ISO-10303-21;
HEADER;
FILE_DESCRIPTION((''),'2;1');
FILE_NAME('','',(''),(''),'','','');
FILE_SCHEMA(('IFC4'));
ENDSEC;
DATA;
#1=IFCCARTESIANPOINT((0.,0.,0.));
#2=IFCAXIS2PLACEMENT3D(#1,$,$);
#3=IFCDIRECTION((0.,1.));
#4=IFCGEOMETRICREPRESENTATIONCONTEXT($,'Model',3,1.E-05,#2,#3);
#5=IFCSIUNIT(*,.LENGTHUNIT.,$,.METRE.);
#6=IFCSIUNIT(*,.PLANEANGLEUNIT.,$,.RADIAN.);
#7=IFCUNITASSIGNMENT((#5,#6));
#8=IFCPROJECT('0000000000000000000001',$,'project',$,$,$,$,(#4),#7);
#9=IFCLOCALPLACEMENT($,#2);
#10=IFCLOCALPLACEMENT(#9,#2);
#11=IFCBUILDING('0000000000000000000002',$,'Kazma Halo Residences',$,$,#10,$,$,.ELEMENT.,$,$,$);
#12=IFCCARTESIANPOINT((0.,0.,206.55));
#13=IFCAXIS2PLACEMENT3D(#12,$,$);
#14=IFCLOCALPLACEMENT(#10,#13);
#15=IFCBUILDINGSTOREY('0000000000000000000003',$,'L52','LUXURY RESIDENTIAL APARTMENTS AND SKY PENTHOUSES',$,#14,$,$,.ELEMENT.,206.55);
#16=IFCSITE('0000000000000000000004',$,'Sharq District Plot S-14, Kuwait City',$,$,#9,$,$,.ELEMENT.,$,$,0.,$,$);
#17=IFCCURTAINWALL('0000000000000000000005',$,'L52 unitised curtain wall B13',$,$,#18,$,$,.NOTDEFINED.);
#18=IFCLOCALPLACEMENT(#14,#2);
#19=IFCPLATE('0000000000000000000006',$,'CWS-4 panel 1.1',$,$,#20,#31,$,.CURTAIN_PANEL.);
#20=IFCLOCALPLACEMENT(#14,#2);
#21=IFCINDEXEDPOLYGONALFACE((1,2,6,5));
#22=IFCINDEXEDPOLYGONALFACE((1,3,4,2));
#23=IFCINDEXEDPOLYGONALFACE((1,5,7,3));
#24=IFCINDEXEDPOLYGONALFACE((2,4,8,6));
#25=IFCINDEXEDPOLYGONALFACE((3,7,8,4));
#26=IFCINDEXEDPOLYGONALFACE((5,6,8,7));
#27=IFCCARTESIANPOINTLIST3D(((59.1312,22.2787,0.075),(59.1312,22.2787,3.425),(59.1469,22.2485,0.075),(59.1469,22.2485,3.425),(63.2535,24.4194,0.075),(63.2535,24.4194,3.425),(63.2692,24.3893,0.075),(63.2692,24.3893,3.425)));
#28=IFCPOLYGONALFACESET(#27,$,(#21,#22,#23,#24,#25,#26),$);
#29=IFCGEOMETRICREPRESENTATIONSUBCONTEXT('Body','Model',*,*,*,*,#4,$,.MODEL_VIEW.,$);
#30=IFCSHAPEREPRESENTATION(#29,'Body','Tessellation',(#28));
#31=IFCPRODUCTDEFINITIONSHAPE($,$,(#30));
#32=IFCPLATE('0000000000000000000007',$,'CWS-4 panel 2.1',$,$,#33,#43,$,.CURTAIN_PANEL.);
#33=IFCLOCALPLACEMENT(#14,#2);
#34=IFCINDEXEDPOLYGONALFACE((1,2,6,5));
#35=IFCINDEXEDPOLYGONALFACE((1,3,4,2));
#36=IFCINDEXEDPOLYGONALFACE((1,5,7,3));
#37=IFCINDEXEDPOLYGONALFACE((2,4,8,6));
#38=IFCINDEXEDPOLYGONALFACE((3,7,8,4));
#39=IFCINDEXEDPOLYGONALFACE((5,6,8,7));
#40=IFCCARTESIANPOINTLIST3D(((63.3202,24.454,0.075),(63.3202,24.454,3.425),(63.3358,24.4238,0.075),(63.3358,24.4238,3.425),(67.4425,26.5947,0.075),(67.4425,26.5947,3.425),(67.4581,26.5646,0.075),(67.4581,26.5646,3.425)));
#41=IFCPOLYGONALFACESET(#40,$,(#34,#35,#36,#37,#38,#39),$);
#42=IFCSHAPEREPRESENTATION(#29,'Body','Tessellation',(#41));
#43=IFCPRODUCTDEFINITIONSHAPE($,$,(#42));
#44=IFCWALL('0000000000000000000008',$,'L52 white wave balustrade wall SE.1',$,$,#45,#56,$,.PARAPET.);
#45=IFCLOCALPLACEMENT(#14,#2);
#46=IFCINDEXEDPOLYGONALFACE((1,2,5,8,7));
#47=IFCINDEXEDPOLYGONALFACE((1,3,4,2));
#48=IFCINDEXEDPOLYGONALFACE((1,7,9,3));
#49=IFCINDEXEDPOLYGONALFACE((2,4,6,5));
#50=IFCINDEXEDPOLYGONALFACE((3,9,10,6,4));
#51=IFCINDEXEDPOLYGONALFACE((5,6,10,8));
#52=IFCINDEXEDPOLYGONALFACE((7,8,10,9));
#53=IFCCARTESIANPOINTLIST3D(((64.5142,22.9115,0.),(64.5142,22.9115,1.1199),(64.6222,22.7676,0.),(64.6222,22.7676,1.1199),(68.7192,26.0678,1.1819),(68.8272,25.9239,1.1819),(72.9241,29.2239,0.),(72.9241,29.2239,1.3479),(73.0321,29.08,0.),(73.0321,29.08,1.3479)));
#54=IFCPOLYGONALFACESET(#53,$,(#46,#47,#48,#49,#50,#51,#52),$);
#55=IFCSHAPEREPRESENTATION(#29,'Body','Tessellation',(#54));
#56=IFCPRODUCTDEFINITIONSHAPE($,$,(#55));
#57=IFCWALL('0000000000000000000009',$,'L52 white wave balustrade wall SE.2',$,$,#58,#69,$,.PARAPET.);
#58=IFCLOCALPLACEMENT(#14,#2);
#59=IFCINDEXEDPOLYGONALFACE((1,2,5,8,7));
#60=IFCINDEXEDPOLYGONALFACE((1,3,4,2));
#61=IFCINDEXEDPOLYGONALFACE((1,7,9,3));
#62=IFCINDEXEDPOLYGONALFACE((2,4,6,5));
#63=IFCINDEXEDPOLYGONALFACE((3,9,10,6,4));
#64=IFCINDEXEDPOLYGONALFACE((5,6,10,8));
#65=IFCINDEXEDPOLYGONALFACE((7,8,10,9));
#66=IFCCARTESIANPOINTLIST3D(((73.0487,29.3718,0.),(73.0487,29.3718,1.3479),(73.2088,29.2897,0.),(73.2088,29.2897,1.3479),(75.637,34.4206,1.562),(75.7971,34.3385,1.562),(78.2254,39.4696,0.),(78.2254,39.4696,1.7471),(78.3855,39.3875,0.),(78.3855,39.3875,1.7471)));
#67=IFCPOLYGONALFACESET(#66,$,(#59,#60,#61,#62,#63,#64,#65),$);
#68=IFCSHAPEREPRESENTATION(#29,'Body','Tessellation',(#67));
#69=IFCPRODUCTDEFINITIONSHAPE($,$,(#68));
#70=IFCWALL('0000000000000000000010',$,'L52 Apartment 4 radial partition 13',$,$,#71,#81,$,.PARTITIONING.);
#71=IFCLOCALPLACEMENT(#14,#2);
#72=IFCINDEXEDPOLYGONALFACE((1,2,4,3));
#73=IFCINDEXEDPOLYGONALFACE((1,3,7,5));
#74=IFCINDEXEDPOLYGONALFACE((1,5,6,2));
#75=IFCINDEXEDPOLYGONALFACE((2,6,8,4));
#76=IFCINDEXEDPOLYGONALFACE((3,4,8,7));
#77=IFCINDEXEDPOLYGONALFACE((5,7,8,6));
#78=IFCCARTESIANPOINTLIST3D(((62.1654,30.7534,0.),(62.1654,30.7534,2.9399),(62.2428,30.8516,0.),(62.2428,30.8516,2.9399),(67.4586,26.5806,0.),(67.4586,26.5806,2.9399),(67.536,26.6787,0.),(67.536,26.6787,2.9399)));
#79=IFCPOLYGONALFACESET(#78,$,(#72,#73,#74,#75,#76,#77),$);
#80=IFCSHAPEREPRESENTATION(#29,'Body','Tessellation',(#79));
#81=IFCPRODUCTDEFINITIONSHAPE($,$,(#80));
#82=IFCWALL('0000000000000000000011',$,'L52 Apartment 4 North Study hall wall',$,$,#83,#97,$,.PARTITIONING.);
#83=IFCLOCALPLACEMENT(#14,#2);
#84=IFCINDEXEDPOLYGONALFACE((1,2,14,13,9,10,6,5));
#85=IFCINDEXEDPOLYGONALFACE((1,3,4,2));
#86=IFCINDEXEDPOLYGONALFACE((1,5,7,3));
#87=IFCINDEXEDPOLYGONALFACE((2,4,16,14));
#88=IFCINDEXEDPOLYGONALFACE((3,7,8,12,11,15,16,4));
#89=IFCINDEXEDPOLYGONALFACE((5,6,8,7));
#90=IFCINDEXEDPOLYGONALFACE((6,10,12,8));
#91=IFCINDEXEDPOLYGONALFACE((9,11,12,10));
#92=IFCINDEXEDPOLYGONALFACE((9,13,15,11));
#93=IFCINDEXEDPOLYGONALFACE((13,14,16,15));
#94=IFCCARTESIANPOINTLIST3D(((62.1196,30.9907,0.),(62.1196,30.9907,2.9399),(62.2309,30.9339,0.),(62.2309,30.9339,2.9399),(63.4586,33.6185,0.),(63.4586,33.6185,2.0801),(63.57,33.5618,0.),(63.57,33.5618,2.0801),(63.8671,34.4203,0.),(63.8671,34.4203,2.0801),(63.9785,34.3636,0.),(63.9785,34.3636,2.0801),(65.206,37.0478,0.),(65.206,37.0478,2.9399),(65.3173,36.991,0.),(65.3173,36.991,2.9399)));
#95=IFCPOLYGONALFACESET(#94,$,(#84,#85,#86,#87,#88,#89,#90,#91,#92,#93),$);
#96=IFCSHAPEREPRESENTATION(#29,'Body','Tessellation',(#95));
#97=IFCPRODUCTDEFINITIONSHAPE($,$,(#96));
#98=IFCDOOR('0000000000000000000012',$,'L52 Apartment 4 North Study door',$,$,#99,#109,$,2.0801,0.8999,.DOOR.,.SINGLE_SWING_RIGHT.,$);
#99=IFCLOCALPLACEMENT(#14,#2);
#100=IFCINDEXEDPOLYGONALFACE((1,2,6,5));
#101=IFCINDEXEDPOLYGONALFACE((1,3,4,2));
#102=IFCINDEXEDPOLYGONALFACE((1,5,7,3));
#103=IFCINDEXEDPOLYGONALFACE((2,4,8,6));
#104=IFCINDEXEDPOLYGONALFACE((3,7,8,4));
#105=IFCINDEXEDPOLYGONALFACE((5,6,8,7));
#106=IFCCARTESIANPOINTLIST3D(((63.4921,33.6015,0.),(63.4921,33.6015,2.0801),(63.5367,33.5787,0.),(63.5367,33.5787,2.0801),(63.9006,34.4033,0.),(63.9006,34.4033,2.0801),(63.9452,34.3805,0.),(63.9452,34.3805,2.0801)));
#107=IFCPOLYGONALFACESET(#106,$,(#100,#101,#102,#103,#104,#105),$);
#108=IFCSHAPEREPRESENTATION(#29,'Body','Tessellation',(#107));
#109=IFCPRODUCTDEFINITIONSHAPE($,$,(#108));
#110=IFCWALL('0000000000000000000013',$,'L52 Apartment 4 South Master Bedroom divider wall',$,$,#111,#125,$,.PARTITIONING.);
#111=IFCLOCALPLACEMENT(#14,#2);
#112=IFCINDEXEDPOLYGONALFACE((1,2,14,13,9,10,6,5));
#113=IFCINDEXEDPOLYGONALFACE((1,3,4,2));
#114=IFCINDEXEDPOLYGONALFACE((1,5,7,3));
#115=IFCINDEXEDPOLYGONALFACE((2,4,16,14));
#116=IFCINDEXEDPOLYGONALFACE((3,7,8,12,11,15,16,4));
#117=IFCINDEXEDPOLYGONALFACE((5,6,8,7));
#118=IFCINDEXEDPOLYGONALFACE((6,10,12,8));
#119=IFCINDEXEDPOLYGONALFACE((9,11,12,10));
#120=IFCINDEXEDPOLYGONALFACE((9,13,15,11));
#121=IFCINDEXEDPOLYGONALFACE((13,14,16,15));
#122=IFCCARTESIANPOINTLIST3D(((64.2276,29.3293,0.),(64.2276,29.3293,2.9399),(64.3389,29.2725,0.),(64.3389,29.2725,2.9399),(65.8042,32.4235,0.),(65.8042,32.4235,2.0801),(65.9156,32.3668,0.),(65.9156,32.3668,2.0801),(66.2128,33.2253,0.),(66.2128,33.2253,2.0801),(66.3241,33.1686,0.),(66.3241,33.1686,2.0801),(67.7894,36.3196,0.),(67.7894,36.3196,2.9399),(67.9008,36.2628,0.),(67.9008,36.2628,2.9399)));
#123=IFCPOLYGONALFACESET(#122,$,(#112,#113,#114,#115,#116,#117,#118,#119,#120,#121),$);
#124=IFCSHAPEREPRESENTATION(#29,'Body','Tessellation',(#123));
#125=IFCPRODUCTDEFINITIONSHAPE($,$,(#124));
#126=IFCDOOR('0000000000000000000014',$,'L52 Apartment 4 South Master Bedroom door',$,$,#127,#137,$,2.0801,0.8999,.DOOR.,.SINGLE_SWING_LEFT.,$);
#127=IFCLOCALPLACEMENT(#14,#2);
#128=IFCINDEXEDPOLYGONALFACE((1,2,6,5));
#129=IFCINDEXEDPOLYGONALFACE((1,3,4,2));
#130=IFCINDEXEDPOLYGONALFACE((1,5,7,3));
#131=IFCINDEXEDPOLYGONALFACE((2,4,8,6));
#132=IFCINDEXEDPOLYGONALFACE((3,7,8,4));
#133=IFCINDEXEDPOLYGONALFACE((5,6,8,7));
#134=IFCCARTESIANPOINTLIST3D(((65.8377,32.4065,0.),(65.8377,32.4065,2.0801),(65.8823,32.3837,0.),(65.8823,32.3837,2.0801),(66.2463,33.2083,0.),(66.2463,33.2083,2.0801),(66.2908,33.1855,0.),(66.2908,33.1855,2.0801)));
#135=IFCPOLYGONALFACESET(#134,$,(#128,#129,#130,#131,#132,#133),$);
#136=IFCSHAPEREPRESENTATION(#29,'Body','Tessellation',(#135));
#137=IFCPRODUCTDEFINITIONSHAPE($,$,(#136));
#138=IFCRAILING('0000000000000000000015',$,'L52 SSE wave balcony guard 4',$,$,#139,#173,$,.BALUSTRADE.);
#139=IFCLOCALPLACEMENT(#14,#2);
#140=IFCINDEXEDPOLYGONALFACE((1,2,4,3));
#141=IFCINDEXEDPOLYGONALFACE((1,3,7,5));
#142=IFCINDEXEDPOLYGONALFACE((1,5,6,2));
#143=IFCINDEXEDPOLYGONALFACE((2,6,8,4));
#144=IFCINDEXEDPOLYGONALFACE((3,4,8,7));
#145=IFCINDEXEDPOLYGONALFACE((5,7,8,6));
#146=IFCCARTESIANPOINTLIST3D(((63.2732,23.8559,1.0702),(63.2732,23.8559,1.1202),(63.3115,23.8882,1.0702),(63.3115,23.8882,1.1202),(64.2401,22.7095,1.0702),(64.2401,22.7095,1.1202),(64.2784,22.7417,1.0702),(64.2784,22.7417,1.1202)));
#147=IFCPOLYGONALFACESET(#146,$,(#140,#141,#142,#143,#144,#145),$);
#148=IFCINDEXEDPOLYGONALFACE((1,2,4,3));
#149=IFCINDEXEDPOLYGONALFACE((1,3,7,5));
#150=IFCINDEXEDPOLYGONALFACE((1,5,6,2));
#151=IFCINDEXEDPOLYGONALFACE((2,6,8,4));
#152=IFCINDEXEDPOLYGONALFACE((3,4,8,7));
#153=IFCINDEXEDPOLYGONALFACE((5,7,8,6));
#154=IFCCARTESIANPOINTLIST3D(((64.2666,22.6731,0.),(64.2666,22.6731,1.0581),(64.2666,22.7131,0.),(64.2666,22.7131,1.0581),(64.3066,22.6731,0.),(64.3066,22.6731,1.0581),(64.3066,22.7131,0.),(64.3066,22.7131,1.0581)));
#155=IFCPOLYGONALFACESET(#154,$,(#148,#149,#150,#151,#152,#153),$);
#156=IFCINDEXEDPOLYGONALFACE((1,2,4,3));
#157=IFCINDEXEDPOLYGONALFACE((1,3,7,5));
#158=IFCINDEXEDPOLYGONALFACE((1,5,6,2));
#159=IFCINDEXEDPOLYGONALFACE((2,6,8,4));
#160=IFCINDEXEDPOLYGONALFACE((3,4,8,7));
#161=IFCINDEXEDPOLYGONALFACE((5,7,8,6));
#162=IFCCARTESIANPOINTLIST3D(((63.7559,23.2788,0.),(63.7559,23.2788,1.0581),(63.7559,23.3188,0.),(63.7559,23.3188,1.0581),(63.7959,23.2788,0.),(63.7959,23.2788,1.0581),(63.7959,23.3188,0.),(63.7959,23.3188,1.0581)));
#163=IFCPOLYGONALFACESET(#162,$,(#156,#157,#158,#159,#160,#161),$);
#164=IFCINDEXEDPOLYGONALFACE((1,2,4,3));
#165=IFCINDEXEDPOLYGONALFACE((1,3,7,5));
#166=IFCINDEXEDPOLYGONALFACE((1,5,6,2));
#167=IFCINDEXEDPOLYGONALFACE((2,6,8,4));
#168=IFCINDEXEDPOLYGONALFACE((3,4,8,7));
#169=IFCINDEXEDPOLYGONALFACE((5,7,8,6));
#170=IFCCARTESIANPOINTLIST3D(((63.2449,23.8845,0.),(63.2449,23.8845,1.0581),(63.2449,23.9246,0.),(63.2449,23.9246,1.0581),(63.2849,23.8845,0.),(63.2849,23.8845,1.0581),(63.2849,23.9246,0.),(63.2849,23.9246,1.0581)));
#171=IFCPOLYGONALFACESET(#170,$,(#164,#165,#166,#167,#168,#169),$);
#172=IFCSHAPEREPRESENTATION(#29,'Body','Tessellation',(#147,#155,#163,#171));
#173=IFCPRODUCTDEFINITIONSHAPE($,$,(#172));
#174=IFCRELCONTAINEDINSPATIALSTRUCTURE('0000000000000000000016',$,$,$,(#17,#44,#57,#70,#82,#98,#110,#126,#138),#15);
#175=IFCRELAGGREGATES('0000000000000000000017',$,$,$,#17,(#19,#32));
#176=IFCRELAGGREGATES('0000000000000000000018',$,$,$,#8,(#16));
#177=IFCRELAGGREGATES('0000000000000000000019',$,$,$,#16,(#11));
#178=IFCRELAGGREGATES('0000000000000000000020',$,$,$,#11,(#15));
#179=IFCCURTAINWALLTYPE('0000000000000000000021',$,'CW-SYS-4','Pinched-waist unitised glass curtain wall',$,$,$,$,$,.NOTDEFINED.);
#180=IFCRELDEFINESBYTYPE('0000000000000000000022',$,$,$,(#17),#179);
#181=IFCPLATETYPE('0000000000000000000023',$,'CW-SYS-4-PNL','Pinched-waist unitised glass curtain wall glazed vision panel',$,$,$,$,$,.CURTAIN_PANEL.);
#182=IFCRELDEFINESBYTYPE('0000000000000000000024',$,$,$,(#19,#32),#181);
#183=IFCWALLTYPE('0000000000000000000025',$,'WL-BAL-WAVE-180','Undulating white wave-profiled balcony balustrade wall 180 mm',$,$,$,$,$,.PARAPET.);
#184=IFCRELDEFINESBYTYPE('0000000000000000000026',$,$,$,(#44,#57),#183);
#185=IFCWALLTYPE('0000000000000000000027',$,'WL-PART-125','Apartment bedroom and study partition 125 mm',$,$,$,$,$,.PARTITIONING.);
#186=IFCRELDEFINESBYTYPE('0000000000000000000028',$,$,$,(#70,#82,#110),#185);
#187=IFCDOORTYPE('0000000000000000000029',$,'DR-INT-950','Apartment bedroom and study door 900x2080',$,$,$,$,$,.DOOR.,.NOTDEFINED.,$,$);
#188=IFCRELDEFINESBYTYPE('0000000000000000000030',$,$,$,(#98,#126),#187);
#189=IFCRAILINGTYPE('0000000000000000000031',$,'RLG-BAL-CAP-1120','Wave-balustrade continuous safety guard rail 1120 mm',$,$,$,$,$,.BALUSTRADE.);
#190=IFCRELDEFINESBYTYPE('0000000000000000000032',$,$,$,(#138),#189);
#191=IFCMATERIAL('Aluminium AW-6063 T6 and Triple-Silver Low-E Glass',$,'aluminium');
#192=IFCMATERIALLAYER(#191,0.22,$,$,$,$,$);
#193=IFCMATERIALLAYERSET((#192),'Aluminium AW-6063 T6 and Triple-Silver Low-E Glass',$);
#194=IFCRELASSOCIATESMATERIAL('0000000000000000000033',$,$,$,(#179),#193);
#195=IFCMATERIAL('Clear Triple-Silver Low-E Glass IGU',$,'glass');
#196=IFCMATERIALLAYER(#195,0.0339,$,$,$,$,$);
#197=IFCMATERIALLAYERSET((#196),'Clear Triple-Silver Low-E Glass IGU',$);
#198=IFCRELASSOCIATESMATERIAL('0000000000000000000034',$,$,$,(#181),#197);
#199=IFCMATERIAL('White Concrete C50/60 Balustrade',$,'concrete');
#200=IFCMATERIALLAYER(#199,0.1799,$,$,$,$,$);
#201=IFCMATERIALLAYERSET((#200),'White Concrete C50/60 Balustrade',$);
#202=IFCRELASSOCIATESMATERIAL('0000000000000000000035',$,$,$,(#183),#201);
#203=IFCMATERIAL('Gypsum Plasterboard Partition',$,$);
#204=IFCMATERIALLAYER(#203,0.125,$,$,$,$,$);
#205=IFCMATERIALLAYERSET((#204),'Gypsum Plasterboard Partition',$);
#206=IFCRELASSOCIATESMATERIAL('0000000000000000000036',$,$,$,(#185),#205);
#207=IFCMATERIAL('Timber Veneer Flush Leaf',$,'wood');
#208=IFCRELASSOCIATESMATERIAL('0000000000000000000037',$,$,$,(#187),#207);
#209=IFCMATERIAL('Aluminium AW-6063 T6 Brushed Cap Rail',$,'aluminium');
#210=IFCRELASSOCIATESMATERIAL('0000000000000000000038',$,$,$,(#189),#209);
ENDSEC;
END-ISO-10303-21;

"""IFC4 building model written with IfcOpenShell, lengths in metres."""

from ifc_helpers import new_model, si_unit, direction, frame, frame_2d, origin, origin_2d, place, context, subcontext, project, spatial, polyline, rectangle, outline, extrude, material, layer, layer_set, type_object, element, fill, aggregate, save


model = new_model("IFC4")

# Units and contexts
model_context = context("Model", 3, precision=1e-05, world=origin(), true_north=direction((0.0, 1.0)))
body_context = subcontext(model_context, "Body", "Model", "MODEL_VIEW")
ifc_project = project(units=[si_unit("LENGTHUNIT", "METRE"), si_unit("PLANEANGLEUNIT", "RADIAN")], contexts=[model_context])

# Site, building, storey
site_placement = place(None, origin())
site = spatial("IfcSite", under=ifc_project, at=site_placement, Name="Sharq District Plot S-14, Kuwait City", CompositionType="ELEMENT", RefElevation=0.0)
building_placement = place(site_placement, origin())
building = spatial("IfcBuilding", under=site, at=building_placement, Name="Kazma Halo Residences", CompositionType="ELEMENT")
storey_placement = place(building_placement, frame((0.0, 0.0, 206.55)))
storey = spatial("IfcBuildingStorey", under=building, at=storey_placement, Name="L52", Description="LUXURY RESIDENTIAL APARTMENTS AND SKY PENTHOUSES", CompositionType="ELEMENT", Elevation=206.55)

# Curtain wall, plates
ifc_material_1 = material(Name="Aluminium AW-6063 T6 and Triple-Silver Low-E Glass", Category="aluminium")
ifc_layer_1 = layer(ifc_material_1, 0.22)
ifc_layer_set_1 = layer_set([ifc_layer_1], Name="Aluminium AW-6063 T6 and Triple-Silver Low-E Glass")
curtain_wall_type = type_object("IfcCurtainWallType", Name="CW-SYS-4", Description="Pinched-waist unitised glass curtain wall", PredefinedType="NOTDEFINED", material=ifc_layer_set_1)
curtain_wall_placement = place(storey_placement, origin())
curtain_wall = element("IfcCurtainWall", 1, at=curtain_wall_placement, inside=storey, type_object=curtain_wall_type, Name="L52 unitised curtain wall B13", PredefinedType="NOTDEFINED")
ifc_material_2 = material(Name="Clear Triple-Silver Low-E Glass IGU", Category="glass")
ifc_layer_2 = layer(ifc_material_2, 0.0339)
ifc_layer_set_2 = layer_set([ifc_layer_2], Name="Clear Triple-Silver Low-E Glass IGU")
plate_type = type_object("IfcPlateType", Name="CW-SYS-4-PNL", Description="Pinched-waist unitised glass curtain wall glazed vision panel", PredefinedType="CURTAIN_PANEL", material=ifc_layer_set_2)
plate_1_placement = place(storey_placement, frame((61.2002, 23.334, 0.075), z_axis=(0.0, 0.0, 1.0), x_axis=(0.887466, 0.460874, 0.0)))
plate_1 = element("IfcPlate", 2, at=plate_1_placement, type_object=plate_type, Name="CWS-4 panel 1.1", PredefinedType="CURTAIN_PANEL", context=body_context, shape_type="SweptSolid", body=[
    extrude(rectangle(XDim=4.645, YDim=0.0339, at=origin_2d()), origin(), (0.0, 0.0, 1.0), 3.3501),
])
plate_2_placement = place(storey_placement, frame((65.3892, 25.5093, 0.075), z_axis=(0.0, 0.0, 1.0), x_axis=(0.887466, 0.460874, 0.0)))
plate_2 = element("IfcPlate", 3, at=plate_2_placement, type_object=plate_type, Name="CWS-4 panel 2.1", PredefinedType="CURTAIN_PANEL", context=body_context, shape_type="SweptSolid", body=[
    extrude(rectangle(XDim=4.645, YDim=0.0339, at=origin_2d()), origin(), (0.0, 0.0, 1.0), 3.3501),
])
aggregate(curtain_wall, [plate_1, plate_2])

# Walls
ifc_material_3 = material(Name="White Concrete C50/60 Balustrade", Category="concrete")
ifc_layer_3 = layer(ifc_material_3, 0.1799)
ifc_layer_set_3 = layer_set([ifc_layer_3], Name="White Concrete C50/60 Balustrade")
wall_type_1 = type_object("IfcWallType", Name="WL-BAL-WAVE-180", Description="Undulating white wave-profiled balcony balustrade wall 180 mm", PredefinedType="PARAPET", material=ifc_layer_set_3)
wall_1_placement = place(storey_placement, frame((64.5681, 22.8396, 0.0), z_axis=(0.0, 0.0, 1.0), x_axis=(0.799769, 0.600308, 0.0)))
element("IfcWall", 4, at=wall_1_placement, inside=storey, type_object=wall_type_1, Name="L52 white wave balustrade wall SE.1", PredefinedType="PARAPET", context=body_context, shape_type="SweptSolid", body=[
    extrude(outline(polyline([(0.0, 0.0), (10.5154, 0.0), (10.5154, 1.3479), (5.2578, 1.1819), (0.0, 1.1199), (0.0, 0.0)])), frame((0.0, 0.0898, 0.0), z_axis=(0.0, -1.0, 0.0), x_axis=(1.0, 0.0, 0.0)), (0.0, 0.0, 1.0), 0.1799),
])
wall_2_placement = place(storey_placement, frame((73.1287, 29.3308, 0.0), z_axis=(0.0, 0.0, 1.0), x_axis=(0.456201, 0.889877, 0.0)))
element("IfcWall", 5, at=wall_2_placement, inside=storey, type_object=wall_type_1, Name="L52 white wave balustrade wall SE.2", PredefinedType="PARAPET", context=body_context, shape_type="SweptSolid", body=[
    extrude(outline(polyline([(0.0, 0.0), (11.3474, 0.0), (11.3474, 1.7471), (5.6736, 1.562), (0.0, 1.3479), (0.0, 0.0)])), frame((0.0, 0.0898, 0.0), z_axis=(0.0, -1.0, 0.0), x_axis=(1.0, 0.0, 0.0)), (0.0, 0.0, 1.0), 0.1799),
])

# Wall
ifc_material_4 = material(Name="Gypsum Plasterboard Partition")
ifc_layer_4 = layer(ifc_material_4, 0.125)
ifc_layer_set_4 = layer_set([ifc_layer_4], Name="Gypsum Plasterboard Partition")
wall_type_2 = type_object("IfcWallType", Name="WL-PART-125", Description="Apartment bedroom and study partition 125 mm", PredefinedType="PARTITIONING", material=ifc_layer_set_4)
wall_3_placement = place(storey_placement, frame((62.2041, 30.8025, 0.0), z_axis=(0.0, 0.0, 1.0), x_axis=(0.785316, -0.619096, 0.0)))
element("IfcWall", 6, at=wall_3_placement, inside=storey, type_object=wall_type_2, Name="L52 Apartment 4 radial partition 13", PredefinedType="PARTITIONING", context=body_context, shape_type="SweptSolid", body=[
    extrude(rectangle(XDim=6.7402, YDim=0.125, at=frame_2d((3.3701, 0.0))), origin(), (0.0, 0.0, 1.0), 2.9399),
])

# Walls, openings, doors
wall_4_placement = place(storey_placement, frame((62.1753, 30.9624, 0.0), z_axis=(0.0, 0.0, 1.0), x_axis=(0.45401, 0.890997, 0.0)))
wall_4 = element("IfcWall", 7, at=wall_4_placement, inside=storey, type_object=wall_type_2, Name="L52 Apartment 4 North Study hall wall", PredefinedType="PARTITIONING", context=body_context, shape_type="SweptSolid", body=[
    extrude(rectangle(XDim=6.7981, YDim=0.125, at=frame_2d((3.3989, 0.0))), origin(), (0.0, 0.0, 1.0), 2.9399),
])
opening_1_placement = place(wall_4_placement, frame((2.9492, 0.0, 0.0)))
opening_1 = element("IfcOpeningElement", 8, at=opening_1_placement, cuts=wall_4, PredefinedType="OPENING", context=body_context, shape_type="SweptSolid", body=[
    extrude(rectangle(XDim=0.8999, YDim=2.0801, at=frame_2d((0.45, 1.04))), frame((0.0, 0.0725, 0.0), z_axis=(0.0, -1.0, 0.0), x_axis=(1.0, 0.0, 0.0)), (0.0, 0.0, 1.0), 0.145),
])
ifc_material_5 = material(Name="Timber Veneer Flush Leaf", Category="wood")
door_type_1 = type_object("IfcDoorType", Name="DR-INT-950", Description="Apartment bedroom and study door 900x2080", OperationType="NOTDEFINED", PredefinedType="DOOR", material=ifc_material_5)
door_1_placement = place(opening_1_placement, origin())
door_1 = element("IfcDoor", 9, at=door_1_placement, inside=storey, type_object=door_type_1, Name="L52 Apartment 4 North Study door", OperationType="SINGLE_SWING_RIGHT", OverallHeight=2.0801, OverallWidth=0.8999, PredefinedType="DOOR", context=body_context, shape_type="SweptSolid", body=[
    extrude(rectangle(XDim=0.8999, YDim=2.0801, at=frame_2d((0.45, 1.04))), frame((0.0, 0.0249, 0.0), z_axis=(0.0, -1.0, 0.0), x_axis=(1.0, 0.0, 0.0)), (0.0, 0.0, 1.0), 0.05),
])
fill(opening_1, door_1)
wall_5_placement = place(storey_placement, frame((64.2832, 29.3008, 0.0), z_axis=(0.0, 0.0, 1.0), x_axis=(0.453997, 0.891003, 0.0)))
wall_5 = element("IfcWall", 10, at=wall_5_placement, inside=storey, type_object=wall_type_2, Name="L52 Apartment 4 South Master Bedroom divider wall", PredefinedType="PARTITIONING", context=body_context, shape_type="SweptSolid", body=[
    extrude(rectangle(XDim=7.8455, YDim=0.125, at=frame_2d((3.9229, 0.0))), origin(), (0.0, 0.0, 1.0), 2.9399),
])
opening_2_placement = place(wall_5_placement, frame((3.4729, 0.0, 0.0)))
opening_2 = element("IfcOpeningElement", 11, at=opening_2_placement, cuts=wall_5, PredefinedType="OPENING", context=body_context, shape_type="SweptSolid", body=[
    extrude(rectangle(XDim=0.8999, YDim=2.0801, at=frame_2d((0.45, 1.04))), frame((0.0, 0.0725, 0.0), z_axis=(0.0, -1.0, 0.0), x_axis=(1.0, 0.0, 0.0)), (0.0, 0.0, 1.0), 0.145),
])
door_2_placement = place(opening_2_placement, origin())
door_2 = element("IfcDoor", 12, at=door_2_placement, inside=storey, type_object=door_type_1, Name="L52 Apartment 4 South Master Bedroom door", OperationType="SINGLE_SWING_LEFT", OverallHeight=2.0801, OverallWidth=0.8999, PredefinedType="DOOR", context=body_context, shape_type="SweptSolid", body=[
    extrude(rectangle(XDim=0.8999, YDim=2.0801, at=frame_2d((0.45, 1.04))), frame((0.0, 0.0249, 0.0), z_axis=(0.0, -1.0, 0.0), x_axis=(1.0, 0.0, 0.0)), (0.0, 0.0, 1.0), 0.05),
])
fill(opening_2, door_2)

# Railing
ifc_material_6 = material(Name="Aluminium AW-6063 T6 Brushed Cap Rail", Category="aluminium")
railing_type = type_object("IfcRailingType", Name="RLG-BAL-CAP-1120", Description="Wave-balustrade continuous safety guard rail 1120 mm", PredefinedType="BALUSTRADE", material=ifc_material_6)
railing_1_placement = place(storey_placement, frame((64.2866, 22.6931, 0.0)))
element("IfcRailing", 13, at=railing_1_placement, inside=storey, type_object=railing_type, Name="L52 SSE wave balcony guard 4", PredefinedType="BALUSTRADE", context=body_context, shape_type="SweptSolid", body=[
    extrude(rectangle(XDim=0.05, YDim=0.05, at=origin_2d()), frame((-0.0273, 0.0325, 1.0952), z_axis=(-0.644719, 0.76442, 0.0), x_axis=(-0.76442, -0.644719, 0.0)), (0.0, 0.0, 1.0), 1.4998),
    extrude(rectangle(XDim=0.04, YDim=0.04, at=origin_2d()), origin(), (0.0, 0.0, 1.0), 1.0581),
    extrude(rectangle(XDim=0.04, YDim=0.04, at=origin_2d()), frame((-0.5107, 0.6057, 0.0)), (0.0, 0.0, 1.0), 1.0581),
    extrude(rectangle(XDim=0.04, YDim=0.04, at=origin_2d()), frame((-1.0217, 1.2114, 0.0)), (0.0, 0.0, 1.0), 1.0581),
])

save(model, "model.ifc")
